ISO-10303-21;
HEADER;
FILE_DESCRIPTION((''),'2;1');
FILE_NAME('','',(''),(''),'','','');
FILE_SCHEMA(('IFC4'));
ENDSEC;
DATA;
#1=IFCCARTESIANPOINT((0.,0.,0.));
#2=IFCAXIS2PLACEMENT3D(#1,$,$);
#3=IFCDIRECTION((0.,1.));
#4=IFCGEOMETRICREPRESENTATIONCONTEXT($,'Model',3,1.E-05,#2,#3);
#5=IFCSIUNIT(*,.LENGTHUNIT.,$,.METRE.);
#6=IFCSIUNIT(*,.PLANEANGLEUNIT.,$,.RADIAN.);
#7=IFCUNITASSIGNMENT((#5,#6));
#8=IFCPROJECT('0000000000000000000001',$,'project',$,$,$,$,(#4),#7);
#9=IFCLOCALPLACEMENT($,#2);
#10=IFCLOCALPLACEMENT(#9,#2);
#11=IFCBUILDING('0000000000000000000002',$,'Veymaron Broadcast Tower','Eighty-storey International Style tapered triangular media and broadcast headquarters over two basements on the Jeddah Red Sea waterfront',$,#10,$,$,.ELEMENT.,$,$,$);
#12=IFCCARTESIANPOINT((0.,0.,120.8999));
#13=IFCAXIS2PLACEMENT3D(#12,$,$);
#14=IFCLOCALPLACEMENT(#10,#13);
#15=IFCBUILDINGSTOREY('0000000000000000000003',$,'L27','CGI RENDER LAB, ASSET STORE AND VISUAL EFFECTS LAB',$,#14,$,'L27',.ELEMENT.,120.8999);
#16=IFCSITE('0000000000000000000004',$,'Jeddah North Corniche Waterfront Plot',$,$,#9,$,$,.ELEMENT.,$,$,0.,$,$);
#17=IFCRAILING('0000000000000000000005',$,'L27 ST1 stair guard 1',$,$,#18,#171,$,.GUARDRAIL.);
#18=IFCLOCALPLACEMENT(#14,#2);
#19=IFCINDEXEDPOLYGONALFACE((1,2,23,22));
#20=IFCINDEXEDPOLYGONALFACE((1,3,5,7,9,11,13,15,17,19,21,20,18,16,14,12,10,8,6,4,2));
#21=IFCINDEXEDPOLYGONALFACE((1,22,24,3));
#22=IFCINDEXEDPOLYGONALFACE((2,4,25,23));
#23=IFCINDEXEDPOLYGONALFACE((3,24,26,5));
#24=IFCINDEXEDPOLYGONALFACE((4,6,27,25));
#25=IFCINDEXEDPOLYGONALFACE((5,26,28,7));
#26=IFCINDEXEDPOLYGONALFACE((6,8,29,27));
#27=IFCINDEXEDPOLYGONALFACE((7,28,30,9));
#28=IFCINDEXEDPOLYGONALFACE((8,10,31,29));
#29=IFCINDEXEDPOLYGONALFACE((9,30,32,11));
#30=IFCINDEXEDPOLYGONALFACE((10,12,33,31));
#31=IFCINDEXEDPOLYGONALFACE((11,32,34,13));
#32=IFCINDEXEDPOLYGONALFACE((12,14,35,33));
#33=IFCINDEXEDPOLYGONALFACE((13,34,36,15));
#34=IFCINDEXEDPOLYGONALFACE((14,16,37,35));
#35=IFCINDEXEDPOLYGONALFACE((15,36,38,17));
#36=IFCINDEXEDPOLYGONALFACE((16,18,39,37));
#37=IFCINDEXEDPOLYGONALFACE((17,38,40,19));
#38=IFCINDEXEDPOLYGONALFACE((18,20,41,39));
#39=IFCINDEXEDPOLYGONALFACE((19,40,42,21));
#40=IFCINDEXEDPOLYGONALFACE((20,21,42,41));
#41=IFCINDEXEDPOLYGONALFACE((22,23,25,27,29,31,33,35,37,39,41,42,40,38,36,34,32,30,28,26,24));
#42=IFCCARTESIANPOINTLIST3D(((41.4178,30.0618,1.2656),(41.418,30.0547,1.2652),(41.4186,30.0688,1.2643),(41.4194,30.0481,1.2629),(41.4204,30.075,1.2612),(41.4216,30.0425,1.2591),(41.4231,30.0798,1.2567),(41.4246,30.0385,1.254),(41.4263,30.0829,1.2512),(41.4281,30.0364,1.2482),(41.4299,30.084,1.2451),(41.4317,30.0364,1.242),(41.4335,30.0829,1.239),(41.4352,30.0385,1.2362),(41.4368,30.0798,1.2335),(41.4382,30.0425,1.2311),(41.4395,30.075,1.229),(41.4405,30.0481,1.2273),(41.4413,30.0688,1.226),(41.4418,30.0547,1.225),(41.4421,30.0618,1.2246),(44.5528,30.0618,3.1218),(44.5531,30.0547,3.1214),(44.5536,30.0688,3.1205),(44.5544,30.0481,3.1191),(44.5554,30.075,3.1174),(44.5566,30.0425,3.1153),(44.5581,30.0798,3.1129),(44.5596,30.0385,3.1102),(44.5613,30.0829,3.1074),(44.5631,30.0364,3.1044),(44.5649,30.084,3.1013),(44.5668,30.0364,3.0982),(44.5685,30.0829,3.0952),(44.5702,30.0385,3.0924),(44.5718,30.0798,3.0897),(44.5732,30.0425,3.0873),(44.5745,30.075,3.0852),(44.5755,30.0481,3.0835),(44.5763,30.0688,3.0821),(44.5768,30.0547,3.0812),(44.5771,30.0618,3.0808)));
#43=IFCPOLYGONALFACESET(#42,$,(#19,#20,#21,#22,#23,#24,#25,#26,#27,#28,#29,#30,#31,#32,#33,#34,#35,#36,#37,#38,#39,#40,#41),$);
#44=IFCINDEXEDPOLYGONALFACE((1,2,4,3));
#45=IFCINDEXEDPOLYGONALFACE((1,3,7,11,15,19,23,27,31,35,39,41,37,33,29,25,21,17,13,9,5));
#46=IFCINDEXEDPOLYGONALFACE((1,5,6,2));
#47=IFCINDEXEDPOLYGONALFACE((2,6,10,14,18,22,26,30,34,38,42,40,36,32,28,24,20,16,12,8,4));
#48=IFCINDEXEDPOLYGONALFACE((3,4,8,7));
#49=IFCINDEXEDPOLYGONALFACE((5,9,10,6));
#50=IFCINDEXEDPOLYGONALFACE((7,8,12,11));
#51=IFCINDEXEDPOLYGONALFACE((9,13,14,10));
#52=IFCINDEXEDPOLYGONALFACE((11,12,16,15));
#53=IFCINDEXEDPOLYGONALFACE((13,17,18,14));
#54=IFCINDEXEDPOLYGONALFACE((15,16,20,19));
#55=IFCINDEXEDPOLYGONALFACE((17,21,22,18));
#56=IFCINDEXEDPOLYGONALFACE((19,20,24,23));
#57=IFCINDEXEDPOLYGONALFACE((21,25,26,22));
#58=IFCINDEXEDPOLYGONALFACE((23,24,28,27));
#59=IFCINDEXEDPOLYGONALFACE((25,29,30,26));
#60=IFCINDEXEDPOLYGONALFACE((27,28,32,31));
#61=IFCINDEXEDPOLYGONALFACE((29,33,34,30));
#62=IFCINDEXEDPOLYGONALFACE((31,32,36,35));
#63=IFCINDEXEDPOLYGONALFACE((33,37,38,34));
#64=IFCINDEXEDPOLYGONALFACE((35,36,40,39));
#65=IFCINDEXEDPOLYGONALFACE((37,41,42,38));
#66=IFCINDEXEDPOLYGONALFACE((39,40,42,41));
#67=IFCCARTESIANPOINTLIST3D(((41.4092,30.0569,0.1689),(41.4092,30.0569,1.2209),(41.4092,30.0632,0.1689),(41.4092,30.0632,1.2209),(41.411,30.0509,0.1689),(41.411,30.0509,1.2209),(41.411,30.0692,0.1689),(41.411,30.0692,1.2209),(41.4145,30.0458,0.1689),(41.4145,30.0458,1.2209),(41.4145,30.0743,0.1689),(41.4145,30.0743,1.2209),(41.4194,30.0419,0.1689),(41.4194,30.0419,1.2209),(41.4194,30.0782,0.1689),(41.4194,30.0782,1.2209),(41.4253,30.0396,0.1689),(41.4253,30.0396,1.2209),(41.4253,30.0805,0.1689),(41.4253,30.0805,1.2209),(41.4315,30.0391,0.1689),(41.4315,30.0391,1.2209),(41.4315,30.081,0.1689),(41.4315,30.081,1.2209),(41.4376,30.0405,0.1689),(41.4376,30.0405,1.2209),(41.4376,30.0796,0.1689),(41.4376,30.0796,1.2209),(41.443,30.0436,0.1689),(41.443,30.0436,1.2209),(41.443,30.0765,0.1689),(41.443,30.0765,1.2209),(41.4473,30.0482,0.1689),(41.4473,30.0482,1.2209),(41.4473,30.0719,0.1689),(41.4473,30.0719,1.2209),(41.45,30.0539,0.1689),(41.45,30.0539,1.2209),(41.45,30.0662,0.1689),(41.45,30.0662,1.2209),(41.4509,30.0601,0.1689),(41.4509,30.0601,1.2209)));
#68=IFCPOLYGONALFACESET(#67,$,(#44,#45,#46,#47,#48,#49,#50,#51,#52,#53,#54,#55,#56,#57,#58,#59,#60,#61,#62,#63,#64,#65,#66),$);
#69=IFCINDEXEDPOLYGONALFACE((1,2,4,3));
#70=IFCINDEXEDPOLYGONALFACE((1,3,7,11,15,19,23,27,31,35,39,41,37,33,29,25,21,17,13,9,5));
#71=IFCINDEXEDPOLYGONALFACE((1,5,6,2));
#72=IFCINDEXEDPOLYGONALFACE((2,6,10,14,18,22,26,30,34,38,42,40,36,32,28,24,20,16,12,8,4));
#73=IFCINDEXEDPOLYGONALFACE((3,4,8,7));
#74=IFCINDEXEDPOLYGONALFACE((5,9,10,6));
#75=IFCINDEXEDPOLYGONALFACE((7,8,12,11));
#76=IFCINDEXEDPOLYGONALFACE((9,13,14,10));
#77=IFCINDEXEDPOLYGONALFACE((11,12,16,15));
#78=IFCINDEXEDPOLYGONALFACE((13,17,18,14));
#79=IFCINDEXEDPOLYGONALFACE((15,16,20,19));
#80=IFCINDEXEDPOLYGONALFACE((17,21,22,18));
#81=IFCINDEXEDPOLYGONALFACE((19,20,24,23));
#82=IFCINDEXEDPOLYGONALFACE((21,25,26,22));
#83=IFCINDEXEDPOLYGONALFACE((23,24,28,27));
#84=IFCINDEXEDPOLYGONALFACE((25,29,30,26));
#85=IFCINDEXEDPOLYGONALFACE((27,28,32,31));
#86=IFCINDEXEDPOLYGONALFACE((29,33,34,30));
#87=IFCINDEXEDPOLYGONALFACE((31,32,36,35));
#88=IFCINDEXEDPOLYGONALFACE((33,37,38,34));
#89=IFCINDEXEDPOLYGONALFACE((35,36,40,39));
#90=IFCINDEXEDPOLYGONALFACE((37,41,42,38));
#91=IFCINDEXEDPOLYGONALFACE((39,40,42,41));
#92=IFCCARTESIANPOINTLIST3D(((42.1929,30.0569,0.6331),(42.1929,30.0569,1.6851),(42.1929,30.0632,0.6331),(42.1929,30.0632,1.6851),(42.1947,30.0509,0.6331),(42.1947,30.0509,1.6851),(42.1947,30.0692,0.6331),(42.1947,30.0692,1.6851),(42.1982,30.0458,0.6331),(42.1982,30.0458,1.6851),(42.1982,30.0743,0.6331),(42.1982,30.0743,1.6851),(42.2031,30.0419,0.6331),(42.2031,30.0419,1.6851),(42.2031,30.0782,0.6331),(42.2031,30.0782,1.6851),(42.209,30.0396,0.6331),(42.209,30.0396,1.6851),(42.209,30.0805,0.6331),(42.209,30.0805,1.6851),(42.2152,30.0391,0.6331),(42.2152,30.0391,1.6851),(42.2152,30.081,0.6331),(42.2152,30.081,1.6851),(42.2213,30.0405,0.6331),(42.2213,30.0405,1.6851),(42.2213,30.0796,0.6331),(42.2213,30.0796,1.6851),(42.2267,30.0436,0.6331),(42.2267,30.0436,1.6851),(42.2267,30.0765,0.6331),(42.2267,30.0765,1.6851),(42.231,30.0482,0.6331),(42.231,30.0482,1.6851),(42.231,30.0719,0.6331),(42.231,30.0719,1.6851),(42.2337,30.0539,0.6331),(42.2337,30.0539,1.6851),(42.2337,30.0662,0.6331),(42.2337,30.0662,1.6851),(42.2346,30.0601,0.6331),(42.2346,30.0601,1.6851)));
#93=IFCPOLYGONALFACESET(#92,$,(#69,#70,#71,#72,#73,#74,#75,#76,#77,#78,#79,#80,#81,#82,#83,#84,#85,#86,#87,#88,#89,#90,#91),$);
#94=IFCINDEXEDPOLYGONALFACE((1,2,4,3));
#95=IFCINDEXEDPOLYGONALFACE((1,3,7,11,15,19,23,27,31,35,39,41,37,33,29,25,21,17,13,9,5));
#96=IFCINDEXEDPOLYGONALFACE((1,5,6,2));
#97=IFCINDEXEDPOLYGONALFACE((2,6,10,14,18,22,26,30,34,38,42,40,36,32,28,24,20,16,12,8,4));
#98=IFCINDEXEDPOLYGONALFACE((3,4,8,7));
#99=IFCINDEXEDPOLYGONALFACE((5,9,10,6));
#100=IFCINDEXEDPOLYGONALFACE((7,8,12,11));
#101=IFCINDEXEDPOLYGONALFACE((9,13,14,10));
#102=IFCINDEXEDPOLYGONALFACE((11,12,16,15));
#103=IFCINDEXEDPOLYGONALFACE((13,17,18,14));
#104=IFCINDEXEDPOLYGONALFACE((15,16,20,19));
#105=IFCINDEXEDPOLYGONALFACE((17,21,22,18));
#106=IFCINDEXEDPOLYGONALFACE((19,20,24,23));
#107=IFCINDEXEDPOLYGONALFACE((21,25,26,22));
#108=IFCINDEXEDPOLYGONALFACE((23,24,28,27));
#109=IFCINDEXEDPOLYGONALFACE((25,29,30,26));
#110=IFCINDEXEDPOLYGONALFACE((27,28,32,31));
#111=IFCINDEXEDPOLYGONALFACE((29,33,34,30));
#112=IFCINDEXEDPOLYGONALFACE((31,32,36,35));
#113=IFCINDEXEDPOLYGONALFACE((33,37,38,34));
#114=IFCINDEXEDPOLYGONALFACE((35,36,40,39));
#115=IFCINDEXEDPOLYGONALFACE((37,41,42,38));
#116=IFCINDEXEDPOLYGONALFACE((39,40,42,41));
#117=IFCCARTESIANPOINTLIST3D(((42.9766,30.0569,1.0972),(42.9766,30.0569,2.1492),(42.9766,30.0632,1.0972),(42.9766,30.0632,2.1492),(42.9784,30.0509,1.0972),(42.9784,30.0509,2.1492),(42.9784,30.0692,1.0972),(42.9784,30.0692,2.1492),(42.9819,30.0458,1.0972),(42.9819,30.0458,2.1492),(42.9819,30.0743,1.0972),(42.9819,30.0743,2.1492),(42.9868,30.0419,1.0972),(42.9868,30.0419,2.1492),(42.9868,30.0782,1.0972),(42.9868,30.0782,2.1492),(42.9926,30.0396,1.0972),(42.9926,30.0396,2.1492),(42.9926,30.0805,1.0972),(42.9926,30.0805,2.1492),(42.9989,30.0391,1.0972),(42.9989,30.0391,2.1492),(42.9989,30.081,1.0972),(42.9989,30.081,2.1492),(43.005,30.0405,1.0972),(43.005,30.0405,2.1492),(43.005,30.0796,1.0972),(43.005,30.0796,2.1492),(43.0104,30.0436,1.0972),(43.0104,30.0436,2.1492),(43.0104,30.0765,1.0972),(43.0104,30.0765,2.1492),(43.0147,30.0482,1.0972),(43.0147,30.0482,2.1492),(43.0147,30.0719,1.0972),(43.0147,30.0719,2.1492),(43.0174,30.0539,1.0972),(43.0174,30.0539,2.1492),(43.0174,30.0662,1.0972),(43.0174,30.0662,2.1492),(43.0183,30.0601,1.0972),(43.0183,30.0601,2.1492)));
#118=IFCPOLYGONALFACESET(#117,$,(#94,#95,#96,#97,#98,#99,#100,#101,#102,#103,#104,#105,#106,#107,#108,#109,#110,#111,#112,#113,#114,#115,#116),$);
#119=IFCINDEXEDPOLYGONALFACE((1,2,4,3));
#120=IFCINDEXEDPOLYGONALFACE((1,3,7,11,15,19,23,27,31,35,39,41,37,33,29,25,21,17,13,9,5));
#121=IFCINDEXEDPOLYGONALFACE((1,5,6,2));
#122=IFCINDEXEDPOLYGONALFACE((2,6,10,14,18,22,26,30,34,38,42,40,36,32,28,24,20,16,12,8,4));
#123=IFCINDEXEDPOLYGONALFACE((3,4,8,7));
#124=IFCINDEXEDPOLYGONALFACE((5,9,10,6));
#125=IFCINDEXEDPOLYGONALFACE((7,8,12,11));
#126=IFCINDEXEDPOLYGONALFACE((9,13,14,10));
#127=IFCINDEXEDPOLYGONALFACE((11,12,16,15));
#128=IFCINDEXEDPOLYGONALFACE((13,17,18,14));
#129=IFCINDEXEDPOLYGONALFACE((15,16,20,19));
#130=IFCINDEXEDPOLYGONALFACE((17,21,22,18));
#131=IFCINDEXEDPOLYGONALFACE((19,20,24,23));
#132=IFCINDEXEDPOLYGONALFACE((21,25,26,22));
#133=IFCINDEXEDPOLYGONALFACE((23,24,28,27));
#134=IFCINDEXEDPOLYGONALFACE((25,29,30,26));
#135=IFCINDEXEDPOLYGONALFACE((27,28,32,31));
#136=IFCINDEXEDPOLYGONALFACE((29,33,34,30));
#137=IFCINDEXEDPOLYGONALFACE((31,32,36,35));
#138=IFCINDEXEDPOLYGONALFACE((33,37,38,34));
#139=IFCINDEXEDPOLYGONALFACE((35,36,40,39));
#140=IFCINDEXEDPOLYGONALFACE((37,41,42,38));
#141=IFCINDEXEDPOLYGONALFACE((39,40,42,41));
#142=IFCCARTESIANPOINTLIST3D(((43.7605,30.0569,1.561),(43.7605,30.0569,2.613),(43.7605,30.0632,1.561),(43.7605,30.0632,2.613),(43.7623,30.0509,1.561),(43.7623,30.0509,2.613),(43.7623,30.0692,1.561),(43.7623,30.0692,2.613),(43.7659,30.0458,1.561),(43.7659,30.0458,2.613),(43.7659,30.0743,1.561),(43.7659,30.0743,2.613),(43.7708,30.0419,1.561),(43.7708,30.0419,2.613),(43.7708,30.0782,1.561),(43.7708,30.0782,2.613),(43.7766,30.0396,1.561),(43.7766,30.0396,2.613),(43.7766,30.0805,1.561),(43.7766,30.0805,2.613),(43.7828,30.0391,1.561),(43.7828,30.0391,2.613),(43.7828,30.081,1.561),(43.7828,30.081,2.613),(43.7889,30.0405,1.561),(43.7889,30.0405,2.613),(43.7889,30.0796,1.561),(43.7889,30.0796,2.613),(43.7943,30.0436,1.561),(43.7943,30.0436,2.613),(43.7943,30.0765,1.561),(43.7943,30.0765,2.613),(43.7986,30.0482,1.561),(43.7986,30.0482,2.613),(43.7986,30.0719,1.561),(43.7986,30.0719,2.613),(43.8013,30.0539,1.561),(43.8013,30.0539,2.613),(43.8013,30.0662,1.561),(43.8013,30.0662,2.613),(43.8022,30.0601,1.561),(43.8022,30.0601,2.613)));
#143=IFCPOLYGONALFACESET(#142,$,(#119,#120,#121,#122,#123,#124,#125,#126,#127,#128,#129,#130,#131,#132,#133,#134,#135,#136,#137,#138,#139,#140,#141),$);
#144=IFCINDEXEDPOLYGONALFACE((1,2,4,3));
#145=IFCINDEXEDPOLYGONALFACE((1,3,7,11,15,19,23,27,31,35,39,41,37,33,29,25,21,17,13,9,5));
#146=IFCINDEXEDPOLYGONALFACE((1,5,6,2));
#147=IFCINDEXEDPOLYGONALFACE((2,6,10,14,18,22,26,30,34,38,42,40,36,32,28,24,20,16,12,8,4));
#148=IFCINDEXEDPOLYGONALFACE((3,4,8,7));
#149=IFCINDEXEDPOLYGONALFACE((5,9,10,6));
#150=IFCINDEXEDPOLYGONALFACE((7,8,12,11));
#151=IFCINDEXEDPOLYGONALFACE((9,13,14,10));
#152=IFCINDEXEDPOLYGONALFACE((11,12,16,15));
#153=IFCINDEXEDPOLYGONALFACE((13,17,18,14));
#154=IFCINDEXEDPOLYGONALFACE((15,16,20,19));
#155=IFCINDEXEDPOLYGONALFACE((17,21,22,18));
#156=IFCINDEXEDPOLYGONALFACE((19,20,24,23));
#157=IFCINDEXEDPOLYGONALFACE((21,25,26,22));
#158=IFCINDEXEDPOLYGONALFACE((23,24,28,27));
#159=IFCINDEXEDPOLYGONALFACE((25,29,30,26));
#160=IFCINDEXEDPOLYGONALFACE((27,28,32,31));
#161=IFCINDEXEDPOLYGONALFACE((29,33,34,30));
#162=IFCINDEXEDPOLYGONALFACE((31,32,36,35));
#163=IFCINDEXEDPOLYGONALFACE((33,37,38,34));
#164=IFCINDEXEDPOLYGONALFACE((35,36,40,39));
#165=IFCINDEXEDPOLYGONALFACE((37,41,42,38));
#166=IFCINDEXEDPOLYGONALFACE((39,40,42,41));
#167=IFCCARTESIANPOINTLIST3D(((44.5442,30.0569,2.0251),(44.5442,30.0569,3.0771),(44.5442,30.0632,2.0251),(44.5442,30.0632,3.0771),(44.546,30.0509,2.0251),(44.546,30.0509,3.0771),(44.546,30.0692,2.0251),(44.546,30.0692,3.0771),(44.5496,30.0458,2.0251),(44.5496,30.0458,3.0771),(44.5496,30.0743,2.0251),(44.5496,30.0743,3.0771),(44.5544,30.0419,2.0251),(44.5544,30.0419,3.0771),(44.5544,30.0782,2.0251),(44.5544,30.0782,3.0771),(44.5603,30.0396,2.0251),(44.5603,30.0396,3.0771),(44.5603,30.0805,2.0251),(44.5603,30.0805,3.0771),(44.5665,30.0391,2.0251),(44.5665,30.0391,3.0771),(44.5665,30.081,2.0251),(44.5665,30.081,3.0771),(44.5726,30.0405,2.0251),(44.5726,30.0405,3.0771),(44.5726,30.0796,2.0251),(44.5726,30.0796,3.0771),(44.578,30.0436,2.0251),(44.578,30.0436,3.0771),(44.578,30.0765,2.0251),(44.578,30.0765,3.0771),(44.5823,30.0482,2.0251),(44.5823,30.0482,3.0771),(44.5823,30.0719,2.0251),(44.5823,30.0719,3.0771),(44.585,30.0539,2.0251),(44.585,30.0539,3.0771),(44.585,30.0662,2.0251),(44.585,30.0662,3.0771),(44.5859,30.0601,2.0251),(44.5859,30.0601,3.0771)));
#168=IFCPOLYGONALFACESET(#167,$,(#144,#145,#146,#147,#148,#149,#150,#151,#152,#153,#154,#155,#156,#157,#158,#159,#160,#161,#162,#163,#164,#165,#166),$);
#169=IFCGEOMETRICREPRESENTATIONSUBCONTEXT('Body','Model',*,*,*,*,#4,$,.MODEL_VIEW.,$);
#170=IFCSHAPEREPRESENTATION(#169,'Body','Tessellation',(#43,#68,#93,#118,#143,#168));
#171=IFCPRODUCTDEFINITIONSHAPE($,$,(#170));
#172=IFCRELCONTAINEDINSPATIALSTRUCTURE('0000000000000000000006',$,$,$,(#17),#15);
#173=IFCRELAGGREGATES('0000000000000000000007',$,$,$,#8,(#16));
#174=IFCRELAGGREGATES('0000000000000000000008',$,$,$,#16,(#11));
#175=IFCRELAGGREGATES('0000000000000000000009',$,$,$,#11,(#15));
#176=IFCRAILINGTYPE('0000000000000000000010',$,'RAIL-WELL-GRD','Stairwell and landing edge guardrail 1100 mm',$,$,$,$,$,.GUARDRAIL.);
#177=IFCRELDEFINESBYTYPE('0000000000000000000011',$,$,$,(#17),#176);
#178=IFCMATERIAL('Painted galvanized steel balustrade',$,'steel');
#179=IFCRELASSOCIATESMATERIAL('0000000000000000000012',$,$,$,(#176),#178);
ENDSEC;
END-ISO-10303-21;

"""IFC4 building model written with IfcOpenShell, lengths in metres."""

from ifc_helpers import new_model, si_unit, direction, frame, origin, origin_2d, place, context, subcontext, project, spatial, circle, extrude, material, type_object, element, save


model = new_model("IFC4")

# Units and contexts
model_context = context("Model", 3, precision=1e-05, world=origin(), true_north=direction((0.0, 1.0)))
body_context = subcontext(model_context, "Body", "Model", "MODEL_VIEW")
ifc_project = project(units=[si_unit("LENGTHUNIT", "METRE"), si_unit("PLANEANGLEUNIT", "RADIAN")], contexts=[model_context])

# Site, building, storey
site_placement = place(None, origin())
site = spatial("IfcSite", under=ifc_project, at=site_placement, Name="Jeddah North Corniche Waterfront Plot", CompositionType="ELEMENT", RefElevation=0.0)
building_placement = place(site_placement, origin())
building = spatial("IfcBuilding", under=site, at=building_placement, Name="Veymaron Broadcast Tower", Description="Eighty-storey International Style tapered triangular media and broadcast headquarters over two basements on the Jeddah Red Sea waterfront", CompositionType="ELEMENT")
storey_placement = place(building_placement, frame((0.0, 0.0, 120.8999)))
storey = spatial("IfcBuildingStorey", under=building, at=storey_placement, Name="L27", Description="CGI RENDER LAB, ASSET STORE AND VISUAL EFFECTS LAB", LongName="L27", CompositionType="ELEMENT", Elevation=120.8999)

# Railing
ifc_material_1 = material(Name="Painted galvanized steel balustrade", Category="steel")
railing_type_1 = type_object("IfcRailingType", Name="RAIL-WELL-GRD", Description="Stairwell and landing edge guardrail 1100 mm", PredefinedType="GUARDRAIL", material=ifc_material_1)
railing_1_placement = place(storey_placement, frame((41.4299, 30.0601, 0.1689)))
element("IfcRailing", 1, at=railing_1_placement, inside=storey, type_object=railing_type_1, Name="L27 ST1 stair guard 1", PredefinedType="GUARDRAIL", context=body_context, shape_type="SweptSolid", body=[
    extrude(circle(Radius=0.0239, at=origin_2d()), frame((0.0, 0.0, 1.0762), z_axis=(0.860482, 0.0, 0.509481), x_axis=(0.0, 1.0, 0.0)), (0.0, 0.0, 1.0), 3.6433),
    extrude(circle(Radius=0.021, at=origin_2d()), origin(), (0.0, 0.0, 1.0), 1.052),
    extrude(circle(Radius=0.021, at=origin_2d()), frame((0.7837, 0.0, 0.4641)), (0.0, 0.0, 1.0), 1.052),
    extrude(circle(Radius=0.021, at=origin_2d()), frame((1.5674, 0.0, 0.9282)), (0.0, 0.0, 1.0), 1.052),
    extrude(circle(Radius=0.021, at=origin_2d()), frame((2.3513, 0.0, 1.3921)), (0.0, 0.0, 1.0), 1.052),
    extrude(circle(Radius=0.021, at=origin_2d()), frame((3.135, 0.0, 1.8562)), (0.0, 0.0, 1.0), 1.052),
])

save(model, "model.ifc")
